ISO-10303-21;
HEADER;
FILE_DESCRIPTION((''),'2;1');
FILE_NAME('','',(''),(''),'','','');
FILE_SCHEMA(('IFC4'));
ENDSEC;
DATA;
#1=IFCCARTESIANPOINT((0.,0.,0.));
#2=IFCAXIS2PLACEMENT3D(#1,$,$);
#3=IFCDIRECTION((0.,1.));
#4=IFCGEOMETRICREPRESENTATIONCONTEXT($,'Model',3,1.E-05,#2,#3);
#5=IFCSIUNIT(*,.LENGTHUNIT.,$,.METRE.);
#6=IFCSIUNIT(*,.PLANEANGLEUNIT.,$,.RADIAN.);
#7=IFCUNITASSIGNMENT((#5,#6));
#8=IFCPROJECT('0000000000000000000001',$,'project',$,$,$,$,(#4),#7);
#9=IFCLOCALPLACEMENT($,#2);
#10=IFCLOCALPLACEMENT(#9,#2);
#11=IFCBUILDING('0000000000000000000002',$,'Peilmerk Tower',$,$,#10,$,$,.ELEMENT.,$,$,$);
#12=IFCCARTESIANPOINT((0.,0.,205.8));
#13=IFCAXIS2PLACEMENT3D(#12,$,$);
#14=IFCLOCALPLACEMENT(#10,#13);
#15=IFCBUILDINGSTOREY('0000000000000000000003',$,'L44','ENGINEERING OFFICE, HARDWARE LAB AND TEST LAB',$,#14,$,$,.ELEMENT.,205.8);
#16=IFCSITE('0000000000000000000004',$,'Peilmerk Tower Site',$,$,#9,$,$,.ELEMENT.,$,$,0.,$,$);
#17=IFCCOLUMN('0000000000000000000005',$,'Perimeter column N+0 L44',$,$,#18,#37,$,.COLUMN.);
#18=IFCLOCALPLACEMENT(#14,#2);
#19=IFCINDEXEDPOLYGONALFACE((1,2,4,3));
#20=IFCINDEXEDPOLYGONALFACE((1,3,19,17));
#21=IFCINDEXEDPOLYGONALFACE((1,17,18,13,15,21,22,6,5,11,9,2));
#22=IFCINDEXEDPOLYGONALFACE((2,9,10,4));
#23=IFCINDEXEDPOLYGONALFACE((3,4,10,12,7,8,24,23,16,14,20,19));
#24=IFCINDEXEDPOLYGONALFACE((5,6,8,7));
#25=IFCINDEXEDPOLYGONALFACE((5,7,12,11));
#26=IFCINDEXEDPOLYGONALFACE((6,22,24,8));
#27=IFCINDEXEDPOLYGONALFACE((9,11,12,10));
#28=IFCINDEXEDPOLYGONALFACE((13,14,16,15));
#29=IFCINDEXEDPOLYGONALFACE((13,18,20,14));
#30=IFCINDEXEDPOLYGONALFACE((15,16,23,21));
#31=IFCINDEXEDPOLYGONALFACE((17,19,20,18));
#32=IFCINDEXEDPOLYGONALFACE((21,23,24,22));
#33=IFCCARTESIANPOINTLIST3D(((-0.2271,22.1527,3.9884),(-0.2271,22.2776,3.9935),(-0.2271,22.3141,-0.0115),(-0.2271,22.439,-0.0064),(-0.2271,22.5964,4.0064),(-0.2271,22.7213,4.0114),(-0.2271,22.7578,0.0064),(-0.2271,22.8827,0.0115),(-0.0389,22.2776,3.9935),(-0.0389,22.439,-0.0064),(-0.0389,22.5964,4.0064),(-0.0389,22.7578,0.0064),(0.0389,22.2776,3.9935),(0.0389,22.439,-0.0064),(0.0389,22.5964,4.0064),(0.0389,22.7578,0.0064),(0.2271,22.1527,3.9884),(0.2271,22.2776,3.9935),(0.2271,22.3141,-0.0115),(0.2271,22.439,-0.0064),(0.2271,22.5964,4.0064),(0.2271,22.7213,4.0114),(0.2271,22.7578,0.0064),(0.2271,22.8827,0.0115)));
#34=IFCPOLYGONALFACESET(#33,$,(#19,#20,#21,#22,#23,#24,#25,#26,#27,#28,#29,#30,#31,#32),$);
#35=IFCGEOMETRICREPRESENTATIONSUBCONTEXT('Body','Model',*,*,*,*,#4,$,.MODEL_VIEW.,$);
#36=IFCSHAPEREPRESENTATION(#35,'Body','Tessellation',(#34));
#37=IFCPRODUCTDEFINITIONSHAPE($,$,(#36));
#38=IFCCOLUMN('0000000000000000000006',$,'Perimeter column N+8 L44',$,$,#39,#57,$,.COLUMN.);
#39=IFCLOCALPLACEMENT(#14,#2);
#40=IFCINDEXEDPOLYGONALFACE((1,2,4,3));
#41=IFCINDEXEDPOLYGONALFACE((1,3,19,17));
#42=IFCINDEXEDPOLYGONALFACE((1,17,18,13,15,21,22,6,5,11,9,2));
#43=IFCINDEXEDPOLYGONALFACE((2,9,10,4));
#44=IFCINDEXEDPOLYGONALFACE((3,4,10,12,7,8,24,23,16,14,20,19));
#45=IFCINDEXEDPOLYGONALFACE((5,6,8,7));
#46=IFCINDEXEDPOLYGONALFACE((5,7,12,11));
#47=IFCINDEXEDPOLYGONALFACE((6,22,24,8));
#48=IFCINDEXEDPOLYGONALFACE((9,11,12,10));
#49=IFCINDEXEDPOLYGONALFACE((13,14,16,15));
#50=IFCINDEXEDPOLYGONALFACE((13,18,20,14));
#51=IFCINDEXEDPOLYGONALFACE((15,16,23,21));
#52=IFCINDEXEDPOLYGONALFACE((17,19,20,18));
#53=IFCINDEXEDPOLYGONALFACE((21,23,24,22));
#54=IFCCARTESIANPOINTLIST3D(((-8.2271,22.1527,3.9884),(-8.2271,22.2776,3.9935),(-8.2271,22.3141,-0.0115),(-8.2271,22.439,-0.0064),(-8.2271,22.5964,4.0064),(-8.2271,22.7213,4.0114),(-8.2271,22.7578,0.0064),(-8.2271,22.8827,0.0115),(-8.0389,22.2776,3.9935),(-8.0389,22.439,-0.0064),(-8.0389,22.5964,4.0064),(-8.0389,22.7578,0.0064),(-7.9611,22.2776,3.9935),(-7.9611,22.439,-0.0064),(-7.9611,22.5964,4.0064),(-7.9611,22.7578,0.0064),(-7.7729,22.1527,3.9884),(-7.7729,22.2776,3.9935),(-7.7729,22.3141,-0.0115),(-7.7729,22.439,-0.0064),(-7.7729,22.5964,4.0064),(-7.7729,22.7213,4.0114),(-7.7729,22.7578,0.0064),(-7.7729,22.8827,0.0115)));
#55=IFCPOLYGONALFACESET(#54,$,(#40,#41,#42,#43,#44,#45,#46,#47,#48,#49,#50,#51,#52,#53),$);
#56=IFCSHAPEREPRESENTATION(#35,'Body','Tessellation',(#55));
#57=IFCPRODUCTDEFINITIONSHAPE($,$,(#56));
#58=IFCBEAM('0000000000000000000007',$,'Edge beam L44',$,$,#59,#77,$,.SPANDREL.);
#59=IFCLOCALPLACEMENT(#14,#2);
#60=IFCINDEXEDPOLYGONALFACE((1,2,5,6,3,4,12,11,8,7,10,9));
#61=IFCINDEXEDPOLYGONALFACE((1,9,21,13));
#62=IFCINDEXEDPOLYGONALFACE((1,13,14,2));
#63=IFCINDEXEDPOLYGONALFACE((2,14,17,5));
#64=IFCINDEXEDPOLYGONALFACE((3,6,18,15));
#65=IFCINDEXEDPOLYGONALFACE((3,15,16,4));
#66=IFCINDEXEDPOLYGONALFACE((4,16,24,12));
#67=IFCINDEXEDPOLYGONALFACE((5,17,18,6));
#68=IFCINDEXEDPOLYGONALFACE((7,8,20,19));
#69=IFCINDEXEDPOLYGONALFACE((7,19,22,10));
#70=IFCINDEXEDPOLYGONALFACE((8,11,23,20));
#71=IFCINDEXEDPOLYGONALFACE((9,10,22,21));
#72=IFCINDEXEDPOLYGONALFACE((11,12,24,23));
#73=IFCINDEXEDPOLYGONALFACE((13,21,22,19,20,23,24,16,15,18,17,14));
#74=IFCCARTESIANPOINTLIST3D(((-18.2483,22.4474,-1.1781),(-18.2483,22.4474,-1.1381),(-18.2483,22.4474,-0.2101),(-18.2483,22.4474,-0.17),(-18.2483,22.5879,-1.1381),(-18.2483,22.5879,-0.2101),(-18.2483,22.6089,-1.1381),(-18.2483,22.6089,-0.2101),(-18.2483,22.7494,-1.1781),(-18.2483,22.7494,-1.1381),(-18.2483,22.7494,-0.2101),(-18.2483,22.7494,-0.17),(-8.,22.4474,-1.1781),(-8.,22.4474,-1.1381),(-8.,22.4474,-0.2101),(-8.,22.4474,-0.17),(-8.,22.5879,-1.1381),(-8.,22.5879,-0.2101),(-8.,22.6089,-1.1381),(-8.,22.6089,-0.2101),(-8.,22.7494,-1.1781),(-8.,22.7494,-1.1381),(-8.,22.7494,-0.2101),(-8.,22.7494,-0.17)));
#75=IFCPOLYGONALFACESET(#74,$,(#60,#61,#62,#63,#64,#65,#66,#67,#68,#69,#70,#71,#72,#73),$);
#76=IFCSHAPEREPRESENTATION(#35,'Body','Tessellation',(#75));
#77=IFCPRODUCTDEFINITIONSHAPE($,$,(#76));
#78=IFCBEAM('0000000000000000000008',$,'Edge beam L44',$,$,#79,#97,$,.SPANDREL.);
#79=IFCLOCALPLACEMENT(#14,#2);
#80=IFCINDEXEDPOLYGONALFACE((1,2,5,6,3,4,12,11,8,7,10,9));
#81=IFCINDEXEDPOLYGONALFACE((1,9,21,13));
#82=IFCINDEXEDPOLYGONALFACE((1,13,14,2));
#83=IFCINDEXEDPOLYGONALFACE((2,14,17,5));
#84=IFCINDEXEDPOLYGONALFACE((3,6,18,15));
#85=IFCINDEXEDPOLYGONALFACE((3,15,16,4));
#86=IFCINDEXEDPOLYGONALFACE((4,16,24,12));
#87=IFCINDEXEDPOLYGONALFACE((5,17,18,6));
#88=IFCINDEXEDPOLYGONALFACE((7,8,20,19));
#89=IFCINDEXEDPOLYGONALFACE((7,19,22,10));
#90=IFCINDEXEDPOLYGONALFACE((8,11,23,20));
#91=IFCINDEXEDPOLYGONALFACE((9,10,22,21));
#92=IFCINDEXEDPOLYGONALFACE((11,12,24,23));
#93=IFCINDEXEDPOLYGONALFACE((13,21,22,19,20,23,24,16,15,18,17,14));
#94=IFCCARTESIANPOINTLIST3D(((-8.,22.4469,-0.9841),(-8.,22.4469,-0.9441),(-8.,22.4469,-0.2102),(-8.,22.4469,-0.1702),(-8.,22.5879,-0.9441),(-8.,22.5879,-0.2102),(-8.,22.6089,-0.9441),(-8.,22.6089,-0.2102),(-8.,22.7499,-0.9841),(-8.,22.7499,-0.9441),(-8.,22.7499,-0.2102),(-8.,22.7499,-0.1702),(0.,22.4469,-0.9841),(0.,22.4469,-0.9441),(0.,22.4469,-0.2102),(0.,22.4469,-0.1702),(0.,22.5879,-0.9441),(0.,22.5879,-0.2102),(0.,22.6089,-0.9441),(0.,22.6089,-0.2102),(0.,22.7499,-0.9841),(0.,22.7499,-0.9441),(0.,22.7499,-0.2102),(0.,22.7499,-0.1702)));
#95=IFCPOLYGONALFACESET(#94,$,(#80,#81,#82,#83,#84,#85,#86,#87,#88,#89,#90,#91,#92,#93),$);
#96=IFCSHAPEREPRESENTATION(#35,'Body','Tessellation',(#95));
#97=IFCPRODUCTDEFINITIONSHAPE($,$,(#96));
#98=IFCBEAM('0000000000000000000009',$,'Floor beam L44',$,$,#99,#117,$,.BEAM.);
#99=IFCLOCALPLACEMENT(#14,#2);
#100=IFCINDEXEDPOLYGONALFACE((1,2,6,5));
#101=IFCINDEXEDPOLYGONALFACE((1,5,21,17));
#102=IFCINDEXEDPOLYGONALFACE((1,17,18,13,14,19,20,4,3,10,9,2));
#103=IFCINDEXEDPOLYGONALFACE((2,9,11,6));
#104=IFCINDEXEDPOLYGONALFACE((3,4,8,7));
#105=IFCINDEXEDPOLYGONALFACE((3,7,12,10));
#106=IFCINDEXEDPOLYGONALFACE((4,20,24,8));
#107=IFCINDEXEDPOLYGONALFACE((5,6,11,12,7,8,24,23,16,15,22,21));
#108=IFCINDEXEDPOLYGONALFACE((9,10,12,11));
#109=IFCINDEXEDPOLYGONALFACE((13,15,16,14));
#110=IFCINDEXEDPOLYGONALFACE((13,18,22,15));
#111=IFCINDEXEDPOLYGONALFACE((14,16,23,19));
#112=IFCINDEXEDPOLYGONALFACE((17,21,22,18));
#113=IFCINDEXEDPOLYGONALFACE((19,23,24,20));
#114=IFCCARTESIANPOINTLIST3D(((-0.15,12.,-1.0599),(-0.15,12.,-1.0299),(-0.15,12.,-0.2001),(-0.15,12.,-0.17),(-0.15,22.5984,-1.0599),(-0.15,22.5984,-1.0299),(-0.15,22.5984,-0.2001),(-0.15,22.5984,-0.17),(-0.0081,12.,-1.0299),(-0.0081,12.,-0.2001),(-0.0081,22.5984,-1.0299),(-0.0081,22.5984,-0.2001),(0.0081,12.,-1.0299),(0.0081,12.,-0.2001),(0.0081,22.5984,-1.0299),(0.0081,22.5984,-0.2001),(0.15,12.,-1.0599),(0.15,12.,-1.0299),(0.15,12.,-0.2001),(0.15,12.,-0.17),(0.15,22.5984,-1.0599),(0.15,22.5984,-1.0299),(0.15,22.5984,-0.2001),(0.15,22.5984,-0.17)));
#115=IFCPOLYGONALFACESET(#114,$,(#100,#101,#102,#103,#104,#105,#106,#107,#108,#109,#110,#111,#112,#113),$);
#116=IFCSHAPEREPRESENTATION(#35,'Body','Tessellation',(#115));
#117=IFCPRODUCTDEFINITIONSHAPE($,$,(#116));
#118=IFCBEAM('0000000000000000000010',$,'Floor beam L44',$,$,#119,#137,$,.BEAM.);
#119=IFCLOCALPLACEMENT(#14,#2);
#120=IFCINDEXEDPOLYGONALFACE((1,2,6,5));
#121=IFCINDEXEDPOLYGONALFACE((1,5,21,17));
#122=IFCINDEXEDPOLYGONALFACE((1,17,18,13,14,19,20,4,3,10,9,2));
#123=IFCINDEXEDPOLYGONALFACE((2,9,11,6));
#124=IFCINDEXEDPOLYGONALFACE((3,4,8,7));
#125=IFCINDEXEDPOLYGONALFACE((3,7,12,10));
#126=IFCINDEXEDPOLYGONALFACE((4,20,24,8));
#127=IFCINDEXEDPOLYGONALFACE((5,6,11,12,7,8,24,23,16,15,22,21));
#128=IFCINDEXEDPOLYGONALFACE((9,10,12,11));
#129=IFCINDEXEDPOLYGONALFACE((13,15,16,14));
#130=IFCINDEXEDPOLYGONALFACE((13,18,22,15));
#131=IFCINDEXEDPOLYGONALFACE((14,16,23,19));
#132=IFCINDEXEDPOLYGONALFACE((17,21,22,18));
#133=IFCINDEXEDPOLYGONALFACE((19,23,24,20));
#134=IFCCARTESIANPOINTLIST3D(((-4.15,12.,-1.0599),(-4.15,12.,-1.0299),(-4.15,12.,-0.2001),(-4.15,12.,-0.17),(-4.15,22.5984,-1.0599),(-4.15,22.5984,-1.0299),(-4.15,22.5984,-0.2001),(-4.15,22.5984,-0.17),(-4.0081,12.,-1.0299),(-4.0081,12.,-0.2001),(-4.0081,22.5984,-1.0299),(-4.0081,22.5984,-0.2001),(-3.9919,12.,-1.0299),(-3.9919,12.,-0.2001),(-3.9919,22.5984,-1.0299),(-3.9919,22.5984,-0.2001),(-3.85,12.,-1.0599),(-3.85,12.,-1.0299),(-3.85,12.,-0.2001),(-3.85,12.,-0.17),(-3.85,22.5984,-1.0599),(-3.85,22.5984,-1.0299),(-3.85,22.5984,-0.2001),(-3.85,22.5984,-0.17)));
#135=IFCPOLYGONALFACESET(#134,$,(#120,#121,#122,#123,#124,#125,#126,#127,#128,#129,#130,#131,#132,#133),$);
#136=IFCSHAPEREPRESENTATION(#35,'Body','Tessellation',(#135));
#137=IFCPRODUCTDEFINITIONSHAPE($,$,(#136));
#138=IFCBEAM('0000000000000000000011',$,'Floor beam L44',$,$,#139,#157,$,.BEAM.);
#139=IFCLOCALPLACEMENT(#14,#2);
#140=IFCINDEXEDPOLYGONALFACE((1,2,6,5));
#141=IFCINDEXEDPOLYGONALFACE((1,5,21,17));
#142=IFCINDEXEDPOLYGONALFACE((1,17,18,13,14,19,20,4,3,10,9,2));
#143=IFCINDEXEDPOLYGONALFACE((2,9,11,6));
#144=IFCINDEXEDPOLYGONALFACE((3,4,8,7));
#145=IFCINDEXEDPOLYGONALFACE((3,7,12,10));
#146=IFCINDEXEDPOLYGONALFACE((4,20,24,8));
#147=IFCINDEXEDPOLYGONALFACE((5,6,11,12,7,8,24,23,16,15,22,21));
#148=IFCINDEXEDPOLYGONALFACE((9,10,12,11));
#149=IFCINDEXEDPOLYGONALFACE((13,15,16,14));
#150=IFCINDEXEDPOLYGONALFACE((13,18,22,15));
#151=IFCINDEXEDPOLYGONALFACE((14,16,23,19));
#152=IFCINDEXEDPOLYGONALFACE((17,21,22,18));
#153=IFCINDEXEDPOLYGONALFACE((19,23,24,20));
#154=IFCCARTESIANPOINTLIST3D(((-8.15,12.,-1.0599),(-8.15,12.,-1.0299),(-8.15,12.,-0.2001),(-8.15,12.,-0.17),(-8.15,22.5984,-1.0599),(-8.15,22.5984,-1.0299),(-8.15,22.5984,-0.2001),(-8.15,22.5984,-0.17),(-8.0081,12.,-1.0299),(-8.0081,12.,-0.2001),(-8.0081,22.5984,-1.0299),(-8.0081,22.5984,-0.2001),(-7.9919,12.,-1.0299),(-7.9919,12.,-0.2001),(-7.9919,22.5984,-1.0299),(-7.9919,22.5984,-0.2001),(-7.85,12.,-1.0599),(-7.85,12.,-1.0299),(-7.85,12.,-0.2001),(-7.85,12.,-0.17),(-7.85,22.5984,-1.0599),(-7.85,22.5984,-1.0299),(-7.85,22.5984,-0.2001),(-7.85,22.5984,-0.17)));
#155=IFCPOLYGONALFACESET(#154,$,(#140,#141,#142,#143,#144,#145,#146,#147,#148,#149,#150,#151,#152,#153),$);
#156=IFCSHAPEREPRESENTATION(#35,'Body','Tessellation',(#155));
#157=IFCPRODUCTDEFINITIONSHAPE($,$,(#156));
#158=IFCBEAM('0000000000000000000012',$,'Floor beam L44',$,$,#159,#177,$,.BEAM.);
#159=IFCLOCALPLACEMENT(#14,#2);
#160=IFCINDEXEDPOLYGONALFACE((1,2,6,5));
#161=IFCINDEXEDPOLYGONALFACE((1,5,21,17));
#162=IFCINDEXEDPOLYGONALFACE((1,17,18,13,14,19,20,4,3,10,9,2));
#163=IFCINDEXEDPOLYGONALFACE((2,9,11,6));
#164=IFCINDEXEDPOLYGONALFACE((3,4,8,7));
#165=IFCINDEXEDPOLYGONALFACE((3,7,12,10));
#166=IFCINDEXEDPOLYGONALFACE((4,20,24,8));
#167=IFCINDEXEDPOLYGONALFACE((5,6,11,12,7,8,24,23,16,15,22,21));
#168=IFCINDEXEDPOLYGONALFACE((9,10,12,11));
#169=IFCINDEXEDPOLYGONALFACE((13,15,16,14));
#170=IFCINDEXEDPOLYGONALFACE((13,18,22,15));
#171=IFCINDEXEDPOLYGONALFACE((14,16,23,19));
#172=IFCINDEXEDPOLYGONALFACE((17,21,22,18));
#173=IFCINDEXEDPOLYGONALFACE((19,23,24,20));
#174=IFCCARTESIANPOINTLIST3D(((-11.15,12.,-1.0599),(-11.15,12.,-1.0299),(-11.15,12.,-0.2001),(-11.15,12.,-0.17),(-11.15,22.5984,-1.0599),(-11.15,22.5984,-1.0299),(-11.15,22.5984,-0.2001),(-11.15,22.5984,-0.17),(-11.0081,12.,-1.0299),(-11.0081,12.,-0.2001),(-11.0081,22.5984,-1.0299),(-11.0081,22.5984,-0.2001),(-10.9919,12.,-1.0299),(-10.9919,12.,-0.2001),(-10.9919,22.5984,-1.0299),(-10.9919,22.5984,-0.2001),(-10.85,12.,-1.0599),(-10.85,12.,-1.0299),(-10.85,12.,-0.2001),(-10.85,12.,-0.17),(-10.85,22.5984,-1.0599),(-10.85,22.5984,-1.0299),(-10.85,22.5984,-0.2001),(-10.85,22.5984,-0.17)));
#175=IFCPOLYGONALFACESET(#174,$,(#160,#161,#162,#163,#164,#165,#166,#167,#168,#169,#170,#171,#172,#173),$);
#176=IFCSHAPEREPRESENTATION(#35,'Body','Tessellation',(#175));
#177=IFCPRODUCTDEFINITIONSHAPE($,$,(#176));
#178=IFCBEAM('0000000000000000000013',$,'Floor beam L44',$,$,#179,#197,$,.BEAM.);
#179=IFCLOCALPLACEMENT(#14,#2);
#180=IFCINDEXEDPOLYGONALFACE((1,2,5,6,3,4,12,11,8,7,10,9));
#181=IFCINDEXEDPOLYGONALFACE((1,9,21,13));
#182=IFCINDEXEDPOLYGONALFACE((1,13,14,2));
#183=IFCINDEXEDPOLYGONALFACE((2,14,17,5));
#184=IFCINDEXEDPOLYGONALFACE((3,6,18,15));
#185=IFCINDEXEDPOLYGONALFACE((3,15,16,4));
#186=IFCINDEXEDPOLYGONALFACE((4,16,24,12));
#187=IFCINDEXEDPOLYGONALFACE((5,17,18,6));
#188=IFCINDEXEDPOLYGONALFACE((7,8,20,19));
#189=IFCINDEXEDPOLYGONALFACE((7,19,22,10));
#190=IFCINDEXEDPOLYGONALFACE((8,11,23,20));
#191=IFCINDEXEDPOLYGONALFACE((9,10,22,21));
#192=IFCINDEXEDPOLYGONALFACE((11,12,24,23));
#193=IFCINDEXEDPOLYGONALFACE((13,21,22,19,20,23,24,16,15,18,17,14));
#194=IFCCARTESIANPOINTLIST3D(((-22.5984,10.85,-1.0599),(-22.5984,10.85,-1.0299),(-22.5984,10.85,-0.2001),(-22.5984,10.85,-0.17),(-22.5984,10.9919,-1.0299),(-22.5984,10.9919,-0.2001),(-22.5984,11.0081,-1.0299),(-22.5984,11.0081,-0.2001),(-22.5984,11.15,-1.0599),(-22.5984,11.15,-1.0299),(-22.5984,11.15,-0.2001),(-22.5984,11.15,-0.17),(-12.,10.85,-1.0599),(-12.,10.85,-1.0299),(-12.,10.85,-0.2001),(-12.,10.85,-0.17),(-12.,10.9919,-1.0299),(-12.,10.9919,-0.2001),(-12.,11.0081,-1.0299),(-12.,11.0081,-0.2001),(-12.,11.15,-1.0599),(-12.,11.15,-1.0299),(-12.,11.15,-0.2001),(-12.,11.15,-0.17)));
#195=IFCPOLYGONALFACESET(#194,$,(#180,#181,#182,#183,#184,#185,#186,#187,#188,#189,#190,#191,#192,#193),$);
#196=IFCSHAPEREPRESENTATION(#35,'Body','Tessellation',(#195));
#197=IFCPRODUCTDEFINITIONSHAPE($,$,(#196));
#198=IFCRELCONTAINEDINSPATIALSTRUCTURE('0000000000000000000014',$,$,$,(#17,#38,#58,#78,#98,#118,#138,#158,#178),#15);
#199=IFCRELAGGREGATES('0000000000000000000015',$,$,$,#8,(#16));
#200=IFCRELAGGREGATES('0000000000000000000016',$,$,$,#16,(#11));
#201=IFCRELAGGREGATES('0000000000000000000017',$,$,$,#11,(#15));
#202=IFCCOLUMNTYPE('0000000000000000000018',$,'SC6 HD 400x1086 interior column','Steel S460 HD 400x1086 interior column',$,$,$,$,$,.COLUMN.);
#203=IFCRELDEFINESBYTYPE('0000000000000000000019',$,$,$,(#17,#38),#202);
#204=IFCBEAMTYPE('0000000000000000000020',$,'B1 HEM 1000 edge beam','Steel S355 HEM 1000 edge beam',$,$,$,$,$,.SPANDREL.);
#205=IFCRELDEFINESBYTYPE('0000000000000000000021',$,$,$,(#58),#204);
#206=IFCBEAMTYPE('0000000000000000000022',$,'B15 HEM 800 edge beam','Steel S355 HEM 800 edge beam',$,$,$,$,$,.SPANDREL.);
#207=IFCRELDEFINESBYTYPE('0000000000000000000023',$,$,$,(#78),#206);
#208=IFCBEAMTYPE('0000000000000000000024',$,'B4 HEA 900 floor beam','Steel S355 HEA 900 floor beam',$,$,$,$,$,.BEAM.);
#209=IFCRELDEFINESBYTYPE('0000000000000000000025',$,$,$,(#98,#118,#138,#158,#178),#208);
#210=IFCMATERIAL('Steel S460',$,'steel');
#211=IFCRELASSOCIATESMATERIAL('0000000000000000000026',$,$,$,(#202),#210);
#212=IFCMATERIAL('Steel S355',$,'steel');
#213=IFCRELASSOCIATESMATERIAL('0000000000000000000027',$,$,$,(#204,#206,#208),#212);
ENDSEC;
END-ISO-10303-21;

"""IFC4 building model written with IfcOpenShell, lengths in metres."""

from ifc_helpers import new_model, si_unit, direction, frame, origin, origin_2d, place, context, subcontext, project, spatial, i_section, extrude, material, material_profile, profile_set, type_object, element, save


model = new_model("IFC4")

# Units and contexts
model_context = context("Model", 3, precision=1e-05, world=origin(), true_north=direction((0.0, 1.0)))
body_context = subcontext(model_context, "Body", "Model", "MODEL_VIEW")
ifc_project = project(units=[si_unit("LENGTHUNIT", "METRE"), si_unit("PLANEANGLEUNIT", "RADIAN")], contexts=[model_context])

# Site, building, storey
site_placement = place(None, origin())
site = spatial("IfcSite", under=ifc_project, at=site_placement, Name="Peilmerk Tower Site", CompositionType="ELEMENT", RefElevation=0.0)
building_placement = place(site_placement, origin())
building = spatial("IfcBuilding", under=site, at=building_placement, Name="Peilmerk Tower", CompositionType="ELEMENT")
storey_placement = place(building_placement, frame((0.0, 0.0, 205.8)))
storey = spatial("IfcBuildingStorey", under=building, at=storey_placement, Name="L44", Description="ENGINEERING OFFICE, HARDWARE LAB AND TEST LAB", CompositionType="ELEMENT", Elevation=205.8)

# Columns
ifc_material_1 = material(Name="Steel S460", Category="steel")
ifc_material_profile_1 = material_profile(ifc_material_1, i_section(OverallWidth=0.4541, OverallDepth=0.5691, WebThickness=0.0779, FlangeThickness=0.125, at=origin_2d()), Name="HD 400x1086")
ifc_profile_set_1 = profile_set([ifc_material_profile_1], Name="Steel S460")
column_type = type_object("IfcColumnType", Name="SC6 HD 400x1086 interior column", Description="Steel S460 HD 400x1086 interior column", PredefinedType="COLUMN", material=ifc_profile_set_1)
for number, where, z_axis, x_axis, name in (
    (1, (0.0, 22.5984, 0.0), (0.0, -0.040311, 0.999187), (1.0, 0.0, 0.0), "Perimeter column N+0 L44"),
    (2, (-8.0, 22.5984, 0.0), (0.0, -0.040311, 0.999187), (1.0, 0.0, 0.0), "Perimeter column N+8 L44"),
):
    element("IfcColumn", number, at=place(storey_placement, frame(where, z_axis=z_axis, x_axis=x_axis)), inside=storey, type_object=column_type, Name=name, PredefinedType="COLUMN", context=body_context, shape_type="SweptSolid", body=[
        extrude(i_section(OverallWidth=0.4541, OverallDepth=0.5691, WebThickness=0.0779, FlangeThickness=0.125, at=origin_2d()), origin(), (0.0, 0.0, 1.0), 4.0032),
    ])

# Beams
ifc_material_2 = material(Name="Steel S355", Category="steel")
ifc_material_profile_2 = material_profile(ifc_material_2, i_section(OverallWidth=0.302, OverallDepth=1.0081, WebThickness=0.021, FlangeThickness=0.04, at=origin_2d()), Name="HEM 1000")
ifc_profile_set_2 = profile_set([ifc_material_profile_2], Name="Steel S355")
beam_type_1 = type_object("IfcBeamType", Name="B1 HEM 1000 edge beam", Description="Steel S355 HEM 1000 edge beam", PredefinedType="SPANDREL", material=ifc_profile_set_2)
beam_1_placement = place(storey_placement, frame((-8.0, 22.5984, -0.6741), z_axis=(-1.0, 0.0, 0.0), x_axis=(0.0, -1.0, 0.0)))
element("IfcBeam", 3, at=beam_1_placement, inside=storey, type_object=beam_type_1, Name="Edge beam L44", PredefinedType="SPANDREL", context=body_context, shape_type="SweptSolid", body=[
    extrude(i_section(OverallWidth=0.302, OverallDepth=1.0081, WebThickness=0.021, FlangeThickness=0.04, at=origin_2d()), origin(), (0.0, 0.0, 1.0), 10.2483),
])
ifc_material_profile_3 = material_profile(ifc_material_2, i_section(OverallWidth=0.303, OverallDepth=0.814, WebThickness=0.021, FlangeThickness=0.04, at=origin_2d()), Name="HEM 800")
ifc_profile_set_3 = profile_set([ifc_material_profile_3], Name="Steel S355")
beam_type_2 = type_object("IfcBeamType", Name="B15 HEM 800 edge beam", Description="Steel S355 HEM 800 edge beam", PredefinedType="SPANDREL", material=ifc_profile_set_3)
beam_2_placement = place(storey_placement, frame((0.0, 22.5984, -0.5771), z_axis=(-1.0, 0.0, 0.0), x_axis=(0.0, -1.0, 0.0)))
element("IfcBeam", 4, at=beam_2_placement, inside=storey, type_object=beam_type_2, Name="Edge beam L44", PredefinedType="SPANDREL", context=body_context, shape_type="SweptSolid", body=[
    extrude(i_section(OverallWidth=0.303, OverallDepth=0.814, WebThickness=0.021, FlangeThickness=0.04, at=origin_2d()), origin(), (0.0, 0.0, 1.0), 8.0),
])
ifc_material_profile_4 = material_profile(ifc_material_2, i_section(OverallWidth=0.3, OverallDepth=0.8899, WebThickness=0.0161, FlangeThickness=0.03, at=origin_2d()), Name="HEA 900")
ifc_profile_set_4 = profile_set([ifc_material_profile_4], Name="Steel S355")
beam_type_3 = type_object("IfcBeamType", Name="B4 HEA 900 floor beam", Description="Steel S355 HEA 900 floor beam", PredefinedType="BEAM", material=ifc_profile_set_4)
for number, where, z_axis, x_axis, name in (
    (5, (0.0, 12.0, -0.615), (0.0, 1.0, 0.0), (-1.0, 0.0, 0.0), "Floor beam L44"),
    (6, (-4.0, 12.0, -0.615), (0.0, 1.0, 0.0), (-1.0, 0.0, 0.0), "Floor beam L44"),
    (7, (-8.0, 12.0, -0.615), (0.0, 1.0, 0.0), (-1.0, 0.0, 0.0), "Floor beam L44"),
    (8, (-11.0, 12.0, -0.615), (0.0, 1.0, 0.0), (-1.0, 0.0, 0.0), "Floor beam L44"),
    (9, (-12.0, 11.0, -0.615), (-1.0, 0.0, 0.0), (0.0, -1.0, 0.0), "Floor beam L44"),
):
    element("IfcBeam", number, at=place(storey_placement, frame(where, z_axis=z_axis, x_axis=x_axis)), inside=storey, type_object=beam_type_3, Name=name, PredefinedType="BEAM", context=body_context, shape_type="SweptSolid", body=[
        extrude(i_section(OverallWidth=0.3, OverallDepth=0.8899, WebThickness=0.0161, FlangeThickness=0.03, at=origin_2d()), origin(), (0.0, 0.0, 1.0), 10.5984),
    ])

save(model, "model.ifc")
